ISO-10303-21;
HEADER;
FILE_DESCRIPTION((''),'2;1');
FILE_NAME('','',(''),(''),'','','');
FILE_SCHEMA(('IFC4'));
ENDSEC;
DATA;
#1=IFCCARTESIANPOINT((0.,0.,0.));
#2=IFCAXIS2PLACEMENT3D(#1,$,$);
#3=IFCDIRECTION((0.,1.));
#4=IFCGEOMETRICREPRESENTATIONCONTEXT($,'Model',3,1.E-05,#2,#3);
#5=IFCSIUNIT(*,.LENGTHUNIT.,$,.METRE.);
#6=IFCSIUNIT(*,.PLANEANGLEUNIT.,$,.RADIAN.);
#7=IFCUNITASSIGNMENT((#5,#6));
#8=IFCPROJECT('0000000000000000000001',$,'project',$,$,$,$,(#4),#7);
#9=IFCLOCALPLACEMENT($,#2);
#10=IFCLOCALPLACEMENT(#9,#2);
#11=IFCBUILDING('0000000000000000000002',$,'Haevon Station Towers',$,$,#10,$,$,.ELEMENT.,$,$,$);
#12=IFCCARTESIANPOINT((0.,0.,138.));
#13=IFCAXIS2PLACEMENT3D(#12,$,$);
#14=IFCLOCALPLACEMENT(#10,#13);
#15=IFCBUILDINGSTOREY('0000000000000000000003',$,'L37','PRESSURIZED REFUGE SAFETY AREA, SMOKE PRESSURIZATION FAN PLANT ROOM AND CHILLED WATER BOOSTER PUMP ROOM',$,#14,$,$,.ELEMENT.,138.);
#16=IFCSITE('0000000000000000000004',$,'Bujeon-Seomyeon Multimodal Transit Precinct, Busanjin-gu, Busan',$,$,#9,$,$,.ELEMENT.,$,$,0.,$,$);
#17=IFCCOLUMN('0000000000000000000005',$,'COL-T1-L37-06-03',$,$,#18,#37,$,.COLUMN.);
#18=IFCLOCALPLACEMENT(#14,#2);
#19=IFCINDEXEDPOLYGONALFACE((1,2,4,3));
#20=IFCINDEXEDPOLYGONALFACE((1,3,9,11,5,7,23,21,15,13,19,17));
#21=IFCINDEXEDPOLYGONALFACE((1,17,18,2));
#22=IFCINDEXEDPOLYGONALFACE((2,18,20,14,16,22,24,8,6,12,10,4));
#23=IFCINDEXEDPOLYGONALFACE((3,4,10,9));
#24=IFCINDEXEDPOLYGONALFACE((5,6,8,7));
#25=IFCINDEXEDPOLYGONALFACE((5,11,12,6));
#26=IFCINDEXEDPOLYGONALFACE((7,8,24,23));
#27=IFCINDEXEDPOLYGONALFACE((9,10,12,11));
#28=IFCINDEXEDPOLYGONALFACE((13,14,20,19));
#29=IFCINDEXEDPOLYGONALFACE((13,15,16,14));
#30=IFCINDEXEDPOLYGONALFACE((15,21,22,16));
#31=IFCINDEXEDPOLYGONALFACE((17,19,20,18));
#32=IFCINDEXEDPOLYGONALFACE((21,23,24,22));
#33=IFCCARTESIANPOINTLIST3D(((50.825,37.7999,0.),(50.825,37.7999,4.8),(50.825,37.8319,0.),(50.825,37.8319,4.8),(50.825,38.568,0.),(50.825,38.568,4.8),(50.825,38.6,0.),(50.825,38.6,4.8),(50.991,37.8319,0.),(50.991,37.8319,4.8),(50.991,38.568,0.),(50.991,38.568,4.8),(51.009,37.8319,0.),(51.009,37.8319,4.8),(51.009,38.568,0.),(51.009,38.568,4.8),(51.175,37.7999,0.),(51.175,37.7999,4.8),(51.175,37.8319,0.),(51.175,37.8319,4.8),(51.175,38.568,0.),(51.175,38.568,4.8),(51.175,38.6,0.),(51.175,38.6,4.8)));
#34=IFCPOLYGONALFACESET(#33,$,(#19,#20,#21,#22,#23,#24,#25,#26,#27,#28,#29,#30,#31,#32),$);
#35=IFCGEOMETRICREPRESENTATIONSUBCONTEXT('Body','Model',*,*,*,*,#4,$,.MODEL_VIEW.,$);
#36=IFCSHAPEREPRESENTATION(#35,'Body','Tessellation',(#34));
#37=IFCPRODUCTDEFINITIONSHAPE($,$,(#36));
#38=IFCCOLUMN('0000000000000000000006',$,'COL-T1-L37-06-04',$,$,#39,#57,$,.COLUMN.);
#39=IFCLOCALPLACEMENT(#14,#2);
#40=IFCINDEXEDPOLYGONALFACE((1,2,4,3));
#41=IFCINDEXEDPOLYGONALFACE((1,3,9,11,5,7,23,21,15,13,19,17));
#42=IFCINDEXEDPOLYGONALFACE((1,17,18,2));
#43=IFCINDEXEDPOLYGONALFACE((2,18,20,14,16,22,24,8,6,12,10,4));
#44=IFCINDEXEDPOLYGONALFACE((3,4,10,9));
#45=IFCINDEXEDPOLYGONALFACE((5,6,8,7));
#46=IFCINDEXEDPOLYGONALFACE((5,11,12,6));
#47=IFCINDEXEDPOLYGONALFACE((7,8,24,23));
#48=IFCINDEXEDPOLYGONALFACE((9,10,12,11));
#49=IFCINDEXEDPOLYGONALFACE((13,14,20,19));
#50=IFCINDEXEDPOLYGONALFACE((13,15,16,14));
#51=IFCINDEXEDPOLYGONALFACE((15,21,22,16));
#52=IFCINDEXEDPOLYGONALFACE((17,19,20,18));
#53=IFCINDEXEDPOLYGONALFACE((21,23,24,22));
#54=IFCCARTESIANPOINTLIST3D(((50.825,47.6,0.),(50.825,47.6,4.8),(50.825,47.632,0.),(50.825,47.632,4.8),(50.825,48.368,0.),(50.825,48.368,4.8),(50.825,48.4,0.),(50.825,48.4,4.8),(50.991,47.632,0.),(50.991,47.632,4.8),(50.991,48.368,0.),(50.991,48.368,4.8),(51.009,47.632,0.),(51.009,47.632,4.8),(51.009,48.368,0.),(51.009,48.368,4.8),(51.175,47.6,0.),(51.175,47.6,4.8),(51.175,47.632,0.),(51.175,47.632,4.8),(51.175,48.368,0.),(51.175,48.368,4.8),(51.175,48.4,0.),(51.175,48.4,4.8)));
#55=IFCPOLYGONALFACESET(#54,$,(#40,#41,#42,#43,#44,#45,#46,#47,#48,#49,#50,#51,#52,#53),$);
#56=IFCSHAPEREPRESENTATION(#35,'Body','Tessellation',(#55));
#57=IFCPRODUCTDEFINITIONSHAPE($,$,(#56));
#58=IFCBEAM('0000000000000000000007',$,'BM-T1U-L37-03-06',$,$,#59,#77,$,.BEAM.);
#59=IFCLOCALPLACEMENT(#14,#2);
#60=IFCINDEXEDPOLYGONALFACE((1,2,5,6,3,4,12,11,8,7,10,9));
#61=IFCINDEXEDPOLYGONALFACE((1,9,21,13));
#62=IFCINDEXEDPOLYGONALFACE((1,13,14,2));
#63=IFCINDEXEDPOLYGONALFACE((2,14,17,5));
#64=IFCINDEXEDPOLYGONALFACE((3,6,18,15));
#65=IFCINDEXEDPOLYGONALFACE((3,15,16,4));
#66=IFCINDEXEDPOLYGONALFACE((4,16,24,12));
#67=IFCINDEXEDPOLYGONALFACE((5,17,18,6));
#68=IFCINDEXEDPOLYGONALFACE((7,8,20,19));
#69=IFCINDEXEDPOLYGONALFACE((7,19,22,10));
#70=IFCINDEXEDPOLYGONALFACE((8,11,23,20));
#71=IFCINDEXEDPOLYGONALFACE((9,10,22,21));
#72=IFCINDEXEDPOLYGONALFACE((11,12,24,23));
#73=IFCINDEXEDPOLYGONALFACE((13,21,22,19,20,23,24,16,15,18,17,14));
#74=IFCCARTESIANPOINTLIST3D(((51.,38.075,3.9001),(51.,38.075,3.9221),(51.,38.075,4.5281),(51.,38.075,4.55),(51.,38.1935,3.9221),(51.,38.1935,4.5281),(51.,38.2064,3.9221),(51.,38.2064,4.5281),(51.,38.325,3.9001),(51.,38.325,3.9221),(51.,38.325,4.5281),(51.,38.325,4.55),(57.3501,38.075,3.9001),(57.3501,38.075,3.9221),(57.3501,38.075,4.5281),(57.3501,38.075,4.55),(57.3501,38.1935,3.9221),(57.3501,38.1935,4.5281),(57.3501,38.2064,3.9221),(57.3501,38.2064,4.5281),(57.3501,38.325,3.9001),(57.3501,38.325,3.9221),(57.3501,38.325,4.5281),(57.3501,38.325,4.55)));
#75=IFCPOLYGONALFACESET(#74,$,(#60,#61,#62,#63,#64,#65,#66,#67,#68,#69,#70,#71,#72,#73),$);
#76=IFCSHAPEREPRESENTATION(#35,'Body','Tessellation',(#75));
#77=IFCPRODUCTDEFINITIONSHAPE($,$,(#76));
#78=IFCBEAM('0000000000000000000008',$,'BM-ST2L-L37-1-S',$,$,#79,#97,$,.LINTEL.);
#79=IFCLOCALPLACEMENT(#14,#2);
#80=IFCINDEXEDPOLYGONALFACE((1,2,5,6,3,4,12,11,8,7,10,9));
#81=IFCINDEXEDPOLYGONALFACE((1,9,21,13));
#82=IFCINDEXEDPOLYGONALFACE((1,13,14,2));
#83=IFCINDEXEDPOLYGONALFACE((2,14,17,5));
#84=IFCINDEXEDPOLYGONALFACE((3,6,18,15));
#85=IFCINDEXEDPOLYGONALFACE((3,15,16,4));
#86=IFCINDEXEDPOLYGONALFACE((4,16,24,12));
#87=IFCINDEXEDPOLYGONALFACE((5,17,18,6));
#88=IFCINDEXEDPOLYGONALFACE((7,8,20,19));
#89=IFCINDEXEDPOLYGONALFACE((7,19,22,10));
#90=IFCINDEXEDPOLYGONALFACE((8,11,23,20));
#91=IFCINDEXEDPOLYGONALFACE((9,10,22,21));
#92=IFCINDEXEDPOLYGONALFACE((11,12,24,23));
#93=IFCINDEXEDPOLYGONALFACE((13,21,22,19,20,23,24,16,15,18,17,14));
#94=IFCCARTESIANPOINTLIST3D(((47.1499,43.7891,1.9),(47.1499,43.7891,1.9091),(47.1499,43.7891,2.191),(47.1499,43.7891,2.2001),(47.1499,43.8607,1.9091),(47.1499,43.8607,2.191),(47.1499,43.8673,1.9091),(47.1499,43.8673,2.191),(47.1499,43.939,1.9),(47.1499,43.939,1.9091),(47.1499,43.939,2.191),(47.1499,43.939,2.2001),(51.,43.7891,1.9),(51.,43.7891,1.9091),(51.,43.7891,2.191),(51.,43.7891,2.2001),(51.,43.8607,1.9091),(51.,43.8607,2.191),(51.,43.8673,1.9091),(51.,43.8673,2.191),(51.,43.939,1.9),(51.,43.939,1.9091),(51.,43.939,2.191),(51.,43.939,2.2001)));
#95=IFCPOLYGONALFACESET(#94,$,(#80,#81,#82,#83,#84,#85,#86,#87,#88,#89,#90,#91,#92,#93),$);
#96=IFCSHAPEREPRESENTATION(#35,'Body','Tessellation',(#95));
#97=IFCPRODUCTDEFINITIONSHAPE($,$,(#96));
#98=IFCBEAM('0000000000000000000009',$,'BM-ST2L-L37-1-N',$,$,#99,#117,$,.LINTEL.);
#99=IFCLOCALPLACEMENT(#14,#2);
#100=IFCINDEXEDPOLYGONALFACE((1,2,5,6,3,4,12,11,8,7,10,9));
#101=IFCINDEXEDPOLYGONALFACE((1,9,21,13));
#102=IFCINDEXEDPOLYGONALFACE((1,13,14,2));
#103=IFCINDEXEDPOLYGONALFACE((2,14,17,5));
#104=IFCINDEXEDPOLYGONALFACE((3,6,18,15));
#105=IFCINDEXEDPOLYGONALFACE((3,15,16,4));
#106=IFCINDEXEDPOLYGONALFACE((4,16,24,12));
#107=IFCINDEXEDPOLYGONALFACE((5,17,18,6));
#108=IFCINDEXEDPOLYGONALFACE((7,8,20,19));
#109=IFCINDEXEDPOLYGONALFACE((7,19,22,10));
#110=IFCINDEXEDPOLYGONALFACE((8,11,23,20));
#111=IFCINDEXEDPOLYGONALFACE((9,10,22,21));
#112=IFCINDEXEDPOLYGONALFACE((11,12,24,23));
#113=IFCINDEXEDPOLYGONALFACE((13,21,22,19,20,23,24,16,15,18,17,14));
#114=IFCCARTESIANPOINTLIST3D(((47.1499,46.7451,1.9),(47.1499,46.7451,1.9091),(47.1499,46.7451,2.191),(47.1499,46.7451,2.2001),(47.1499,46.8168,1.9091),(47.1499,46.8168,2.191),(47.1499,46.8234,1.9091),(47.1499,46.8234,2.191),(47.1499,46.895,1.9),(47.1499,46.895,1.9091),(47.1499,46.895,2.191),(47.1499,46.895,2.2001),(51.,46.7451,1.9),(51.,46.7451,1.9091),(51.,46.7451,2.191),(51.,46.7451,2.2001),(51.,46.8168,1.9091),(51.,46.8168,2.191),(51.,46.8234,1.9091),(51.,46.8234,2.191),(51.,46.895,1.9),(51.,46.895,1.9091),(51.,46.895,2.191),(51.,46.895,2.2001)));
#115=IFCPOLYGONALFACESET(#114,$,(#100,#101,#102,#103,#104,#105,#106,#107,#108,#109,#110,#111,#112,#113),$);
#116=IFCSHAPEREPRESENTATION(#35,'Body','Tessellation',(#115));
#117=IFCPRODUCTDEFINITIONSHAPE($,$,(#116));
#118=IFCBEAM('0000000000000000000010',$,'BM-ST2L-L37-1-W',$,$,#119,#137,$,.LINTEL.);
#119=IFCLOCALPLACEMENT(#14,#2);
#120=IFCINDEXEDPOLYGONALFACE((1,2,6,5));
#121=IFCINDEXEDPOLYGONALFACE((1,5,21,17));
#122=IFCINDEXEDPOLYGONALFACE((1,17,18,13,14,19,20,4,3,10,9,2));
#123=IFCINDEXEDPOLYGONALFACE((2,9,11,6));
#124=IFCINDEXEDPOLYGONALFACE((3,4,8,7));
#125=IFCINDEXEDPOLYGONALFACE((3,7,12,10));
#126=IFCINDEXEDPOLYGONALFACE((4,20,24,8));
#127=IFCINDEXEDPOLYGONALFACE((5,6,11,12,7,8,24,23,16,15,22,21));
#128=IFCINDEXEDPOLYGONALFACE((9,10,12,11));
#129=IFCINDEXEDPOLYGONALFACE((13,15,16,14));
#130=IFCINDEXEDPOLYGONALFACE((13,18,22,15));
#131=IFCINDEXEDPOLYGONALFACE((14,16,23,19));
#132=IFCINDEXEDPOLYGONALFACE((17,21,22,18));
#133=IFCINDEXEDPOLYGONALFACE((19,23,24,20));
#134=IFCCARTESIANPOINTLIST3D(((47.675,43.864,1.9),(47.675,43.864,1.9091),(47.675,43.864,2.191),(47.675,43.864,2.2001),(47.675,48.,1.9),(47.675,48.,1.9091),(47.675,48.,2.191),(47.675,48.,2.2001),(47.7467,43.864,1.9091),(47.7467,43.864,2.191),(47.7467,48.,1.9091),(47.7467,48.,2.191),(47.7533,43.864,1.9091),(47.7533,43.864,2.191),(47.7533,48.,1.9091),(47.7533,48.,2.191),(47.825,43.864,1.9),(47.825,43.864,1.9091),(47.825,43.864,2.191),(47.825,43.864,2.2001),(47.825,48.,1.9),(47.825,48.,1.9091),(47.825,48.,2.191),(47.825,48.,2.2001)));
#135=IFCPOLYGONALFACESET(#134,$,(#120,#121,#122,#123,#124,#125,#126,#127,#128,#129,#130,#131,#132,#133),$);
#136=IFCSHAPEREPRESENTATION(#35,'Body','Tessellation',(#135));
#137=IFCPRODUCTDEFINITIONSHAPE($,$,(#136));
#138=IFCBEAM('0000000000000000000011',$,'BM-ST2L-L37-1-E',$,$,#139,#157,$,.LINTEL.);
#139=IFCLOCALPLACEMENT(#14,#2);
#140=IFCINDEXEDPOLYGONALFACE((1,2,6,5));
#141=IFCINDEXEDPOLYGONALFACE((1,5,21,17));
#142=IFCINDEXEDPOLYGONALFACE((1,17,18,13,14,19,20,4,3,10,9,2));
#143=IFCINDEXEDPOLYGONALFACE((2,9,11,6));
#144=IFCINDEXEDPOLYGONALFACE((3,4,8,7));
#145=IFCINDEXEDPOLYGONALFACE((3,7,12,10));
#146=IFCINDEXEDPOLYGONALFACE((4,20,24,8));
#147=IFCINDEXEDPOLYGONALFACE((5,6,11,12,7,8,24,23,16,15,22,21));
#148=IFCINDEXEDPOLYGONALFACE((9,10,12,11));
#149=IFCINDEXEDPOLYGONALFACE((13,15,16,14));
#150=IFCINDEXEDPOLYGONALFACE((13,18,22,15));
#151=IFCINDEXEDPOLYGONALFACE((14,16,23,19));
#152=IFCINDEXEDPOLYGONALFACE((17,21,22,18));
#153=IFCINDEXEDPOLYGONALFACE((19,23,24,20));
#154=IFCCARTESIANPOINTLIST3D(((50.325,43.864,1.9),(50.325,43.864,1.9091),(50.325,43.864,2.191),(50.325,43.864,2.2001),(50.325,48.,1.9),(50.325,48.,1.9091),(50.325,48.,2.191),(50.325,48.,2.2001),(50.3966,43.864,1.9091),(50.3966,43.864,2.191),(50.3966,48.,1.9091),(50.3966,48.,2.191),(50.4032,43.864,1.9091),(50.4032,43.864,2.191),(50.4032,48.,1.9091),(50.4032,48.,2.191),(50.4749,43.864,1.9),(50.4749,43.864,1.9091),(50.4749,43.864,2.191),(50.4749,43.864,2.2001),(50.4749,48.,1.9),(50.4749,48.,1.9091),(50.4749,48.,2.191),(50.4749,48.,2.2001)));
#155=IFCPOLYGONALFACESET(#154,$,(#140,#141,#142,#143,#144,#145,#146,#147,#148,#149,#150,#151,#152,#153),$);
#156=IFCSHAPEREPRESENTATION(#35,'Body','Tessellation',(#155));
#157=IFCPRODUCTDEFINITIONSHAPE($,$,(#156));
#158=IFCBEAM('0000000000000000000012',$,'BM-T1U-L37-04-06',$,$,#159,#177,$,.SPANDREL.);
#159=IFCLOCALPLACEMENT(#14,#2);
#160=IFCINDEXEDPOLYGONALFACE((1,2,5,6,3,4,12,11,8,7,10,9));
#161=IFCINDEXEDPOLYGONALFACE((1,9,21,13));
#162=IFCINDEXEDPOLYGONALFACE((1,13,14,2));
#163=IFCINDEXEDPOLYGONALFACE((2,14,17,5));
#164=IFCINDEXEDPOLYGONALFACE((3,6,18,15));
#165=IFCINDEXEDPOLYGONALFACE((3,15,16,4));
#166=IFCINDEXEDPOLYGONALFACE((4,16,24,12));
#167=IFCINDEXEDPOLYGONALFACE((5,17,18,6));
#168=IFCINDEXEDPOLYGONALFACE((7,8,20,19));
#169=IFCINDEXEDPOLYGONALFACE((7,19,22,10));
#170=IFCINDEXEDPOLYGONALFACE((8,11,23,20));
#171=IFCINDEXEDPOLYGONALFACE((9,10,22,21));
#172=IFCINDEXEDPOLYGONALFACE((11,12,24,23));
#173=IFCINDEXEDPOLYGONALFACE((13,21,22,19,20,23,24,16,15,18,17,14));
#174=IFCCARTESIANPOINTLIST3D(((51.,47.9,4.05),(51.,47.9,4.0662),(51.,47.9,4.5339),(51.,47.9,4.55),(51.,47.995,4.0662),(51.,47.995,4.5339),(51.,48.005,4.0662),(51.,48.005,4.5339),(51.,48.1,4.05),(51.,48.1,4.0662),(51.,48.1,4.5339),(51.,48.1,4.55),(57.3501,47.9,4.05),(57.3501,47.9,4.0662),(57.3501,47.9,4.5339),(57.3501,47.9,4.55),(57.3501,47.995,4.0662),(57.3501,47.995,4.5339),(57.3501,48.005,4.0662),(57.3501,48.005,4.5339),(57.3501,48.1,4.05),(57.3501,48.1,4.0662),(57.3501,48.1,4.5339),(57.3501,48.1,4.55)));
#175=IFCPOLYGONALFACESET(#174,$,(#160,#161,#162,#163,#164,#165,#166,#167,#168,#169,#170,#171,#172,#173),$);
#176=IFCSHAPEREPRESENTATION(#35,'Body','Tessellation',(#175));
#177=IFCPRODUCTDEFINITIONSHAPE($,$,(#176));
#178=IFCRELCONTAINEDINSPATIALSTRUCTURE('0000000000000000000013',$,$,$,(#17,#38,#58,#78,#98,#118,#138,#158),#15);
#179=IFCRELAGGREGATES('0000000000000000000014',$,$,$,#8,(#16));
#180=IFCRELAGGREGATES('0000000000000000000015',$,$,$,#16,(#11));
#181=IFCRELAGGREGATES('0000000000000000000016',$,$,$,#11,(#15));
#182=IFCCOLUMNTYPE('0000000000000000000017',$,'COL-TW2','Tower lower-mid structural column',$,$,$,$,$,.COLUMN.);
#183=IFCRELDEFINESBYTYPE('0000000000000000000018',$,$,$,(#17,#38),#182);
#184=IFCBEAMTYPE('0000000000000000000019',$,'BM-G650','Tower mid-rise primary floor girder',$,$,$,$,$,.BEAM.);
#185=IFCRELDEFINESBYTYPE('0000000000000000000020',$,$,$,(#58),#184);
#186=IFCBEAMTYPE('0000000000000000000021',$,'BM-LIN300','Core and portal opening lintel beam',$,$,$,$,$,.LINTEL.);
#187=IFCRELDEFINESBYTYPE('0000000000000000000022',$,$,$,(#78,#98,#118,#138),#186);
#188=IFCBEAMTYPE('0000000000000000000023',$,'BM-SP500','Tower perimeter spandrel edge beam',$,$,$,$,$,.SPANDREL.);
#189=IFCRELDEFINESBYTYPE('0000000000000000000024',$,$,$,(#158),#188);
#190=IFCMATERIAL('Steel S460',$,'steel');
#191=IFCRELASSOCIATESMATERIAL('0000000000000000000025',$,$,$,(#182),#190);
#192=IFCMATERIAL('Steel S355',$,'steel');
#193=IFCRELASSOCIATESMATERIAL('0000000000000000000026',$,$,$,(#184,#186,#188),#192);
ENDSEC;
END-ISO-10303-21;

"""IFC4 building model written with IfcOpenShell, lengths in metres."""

from ifc_helpers import new_model, si_unit, direction, frame, origin, origin_2d, place, context, subcontext, project, spatial, i_section, extrude, material, material_profile, profile_set, type_object, element, save


model = new_model("IFC4")

# Units and contexts
model_context = context("Model", 3, precision=1e-05, world=origin(), true_north=direction((0.0, 1.0)))
body_context = subcontext(model_context, "Body", "Model", "MODEL_VIEW")
ifc_project = project(units=[si_unit("LENGTHUNIT", "METRE"), si_unit("PLANEANGLEUNIT", "RADIAN")], contexts=[model_context])

# Site, building, storey
site_placement = place(None, origin())
site = spatial("IfcSite", under=ifc_project, at=site_placement, Name="Bujeon-Seomyeon Multimodal Transit Precinct, Busanjin-gu, Busan", CompositionType="ELEMENT", RefElevation=0.0)
building_placement = place(site_placement, origin())
building = spatial("IfcBuilding", under=site, at=building_placement, Name="Haevon Station Towers", CompositionType="ELEMENT")
storey_placement = place(building_placement, frame((0.0, 0.0, 138.0)))
storey = spatial("IfcBuildingStorey", under=building, at=storey_placement, Name="L37", Description="PRESSURIZED REFUGE SAFETY AREA, SMOKE PRESSURIZATION FAN PLANT ROOM AND CHILLED WATER BOOSTER PUMP ROOM", CompositionType="ELEMENT", Elevation=138.0)

# Columns
ifc_material_1 = material(Name="Steel S460", Category="steel")
ifc_material_profile_1 = material_profile(ifc_material_1, i_section(OverallWidth=0.3501, OverallDepth=0.8, WebThickness=0.0181, FlangeThickness=0.032, at=origin_2d()), Name="H-800x350x18x32")
ifc_profile_set_1 = profile_set([ifc_material_profile_1], Name="Steel S460")
column_type = type_object("IfcColumnType", Name="COL-TW2", Description="Tower lower-mid structural column", PredefinedType="COLUMN", material=ifc_profile_set_1)
for number, where, z_axis, x_axis, name in (
    (1, (51.0, 38.2, 0.0), (0.0, 0.0, 1.0), (1.0, 0.0, 0.0), "COL-T1-L37-06-03"),
    (2, (51.0, 48.0, 0.0), (0.0, 0.0, 1.0), (1.0, 0.0, 0.0), "COL-T1-L37-06-04"),
):
    element("IfcColumn", number, at=place(storey_placement, frame(where, z_axis=z_axis, x_axis=x_axis)), inside=storey, type_object=column_type, Name=name, PredefinedType="COLUMN", context=body_context, shape_type="SweptSolid", body=[
        extrude(i_section(OverallWidth=0.3501, OverallDepth=0.8, WebThickness=0.0181, FlangeThickness=0.032, at=origin_2d()), origin(), (0.0, 0.0, 1.0), 4.8),
    ])

# Beams
ifc_material_2 = material(Name="Steel S355", Category="steel")
ifc_material_profile_2 = material_profile(ifc_material_2, i_section(OverallWidth=0.25, OverallDepth=0.6499, WebThickness=0.0129, FlangeThickness=0.022, at=origin_2d()), Name="H-650x250x13x22")
ifc_profile_set_2 = profile_set([ifc_material_profile_2], Name="Steel S355")
beam_type_1 = type_object("IfcBeamType", Name="BM-G650", Description="Tower mid-rise primary floor girder", PredefinedType="BEAM", material=ifc_profile_set_2)
beam_1_placement = place(storey_placement, frame((51.0, 38.2, 4.2251), z_axis=(1.0, 0.0, 0.0), x_axis=(0.0, 1.0, 0.0)))
element("IfcBeam", 3, at=beam_1_placement, inside=storey, type_object=beam_type_1, Name="BM-T1U-L37-03-06", PredefinedType="BEAM", context=body_context, shape_type="SweptSolid", body=[
    extrude(i_section(OverallWidth=0.25, OverallDepth=0.6499, WebThickness=0.0129, FlangeThickness=0.022, at=origin_2d()), origin(), (0.0, 0.0, 1.0), 6.3501),
])
ifc_material_profile_3 = material_profile(ifc_material_2, i_section(OverallWidth=0.1499, OverallDepth=0.3, WebThickness=0.0066, FlangeThickness=0.009, at=origin_2d()), Name="H-300x150x6.5x9")
ifc_profile_set_3 = profile_set([ifc_material_profile_3], Name="Steel S355")
beam_type_2 = type_object("IfcBeamType", Name="BM-LIN300", Description="Core and portal opening lintel beam", PredefinedType="LINTEL", material=ifc_profile_set_3)
for number, where, z_axis, x_axis, name in (
    (4, (47.1499, 43.864, 2.05), (1.0, 0.0, 0.0), (0.0, 1.0, 0.0), "BM-ST2L-L37-1-S"),
    (5, (47.1499, 46.8201, 2.05), (1.0, 0.0, 0.0), (0.0, 1.0, 0.0), "BM-ST2L-L37-1-N"),
):
    element("IfcBeam", number, at=place(storey_placement, frame(where, z_axis=z_axis, x_axis=x_axis)), inside=storey, type_object=beam_type_2, Name=name, PredefinedType="LINTEL", context=body_context, shape_type="SweptSolid", body=[
        extrude(i_section(OverallWidth=0.1499, OverallDepth=0.3, WebThickness=0.0066, FlangeThickness=0.009, at=origin_2d()), origin(), (0.0, 0.0, 1.0), 3.8501),
    ])
for number, where, z_axis, x_axis, name in (
    (6, (47.75, 43.864, 2.05), (0.0, 1.0, 0.0), (-1.0, 0.0, 0.0), "BM-ST2L-L37-1-W"),
    (7, (50.3999, 43.864, 2.05), (0.0, 1.0, 0.0), (-1.0, 0.0, 0.0), "BM-ST2L-L37-1-E"),
):
    element("IfcBeam", number, at=place(storey_placement, frame(where, z_axis=z_axis, x_axis=x_axis)), inside=storey, type_object=beam_type_2, Name=name, PredefinedType="LINTEL", context=body_context, shape_type="SweptSolid", body=[
        extrude(i_section(OverallWidth=0.1499, OverallDepth=0.3, WebThickness=0.0066, FlangeThickness=0.009, at=origin_2d()), origin(), (0.0, 0.0, 1.0), 4.136),
    ])
ifc_material_profile_4 = material_profile(ifc_material_2, i_section(OverallWidth=0.2, OverallDepth=0.5, WebThickness=0.01, FlangeThickness=0.0161, at=origin_2d()), Name="H-500x200x10x16")
ifc_profile_set_4 = profile_set([ifc_material_profile_4], Name="Steel S355")
beam_type_3 = type_object("IfcBeamType", Name="BM-SP500", Description="Tower perimeter spandrel edge beam", PredefinedType="SPANDREL", material=ifc_profile_set_4)
beam_2_placement = place(storey_placement, frame((51.0, 48.0, 4.3), z_axis=(1.0, 0.0, 0.0), x_axis=(0.0, 1.0, 0.0)))
element("IfcBeam", 8, at=beam_2_placement, inside=storey, type_object=beam_type_3, Name="BM-T1U-L37-04-06", PredefinedType="SPANDREL", context=body_context, shape_type="SweptSolid", body=[
    extrude(i_section(OverallWidth=0.2, OverallDepth=0.5, WebThickness=0.01, FlangeThickness=0.0161, at=origin_2d()), origin(), (0.0, 0.0, 1.0), 6.3501),
])

save(model, "model.ifc")
